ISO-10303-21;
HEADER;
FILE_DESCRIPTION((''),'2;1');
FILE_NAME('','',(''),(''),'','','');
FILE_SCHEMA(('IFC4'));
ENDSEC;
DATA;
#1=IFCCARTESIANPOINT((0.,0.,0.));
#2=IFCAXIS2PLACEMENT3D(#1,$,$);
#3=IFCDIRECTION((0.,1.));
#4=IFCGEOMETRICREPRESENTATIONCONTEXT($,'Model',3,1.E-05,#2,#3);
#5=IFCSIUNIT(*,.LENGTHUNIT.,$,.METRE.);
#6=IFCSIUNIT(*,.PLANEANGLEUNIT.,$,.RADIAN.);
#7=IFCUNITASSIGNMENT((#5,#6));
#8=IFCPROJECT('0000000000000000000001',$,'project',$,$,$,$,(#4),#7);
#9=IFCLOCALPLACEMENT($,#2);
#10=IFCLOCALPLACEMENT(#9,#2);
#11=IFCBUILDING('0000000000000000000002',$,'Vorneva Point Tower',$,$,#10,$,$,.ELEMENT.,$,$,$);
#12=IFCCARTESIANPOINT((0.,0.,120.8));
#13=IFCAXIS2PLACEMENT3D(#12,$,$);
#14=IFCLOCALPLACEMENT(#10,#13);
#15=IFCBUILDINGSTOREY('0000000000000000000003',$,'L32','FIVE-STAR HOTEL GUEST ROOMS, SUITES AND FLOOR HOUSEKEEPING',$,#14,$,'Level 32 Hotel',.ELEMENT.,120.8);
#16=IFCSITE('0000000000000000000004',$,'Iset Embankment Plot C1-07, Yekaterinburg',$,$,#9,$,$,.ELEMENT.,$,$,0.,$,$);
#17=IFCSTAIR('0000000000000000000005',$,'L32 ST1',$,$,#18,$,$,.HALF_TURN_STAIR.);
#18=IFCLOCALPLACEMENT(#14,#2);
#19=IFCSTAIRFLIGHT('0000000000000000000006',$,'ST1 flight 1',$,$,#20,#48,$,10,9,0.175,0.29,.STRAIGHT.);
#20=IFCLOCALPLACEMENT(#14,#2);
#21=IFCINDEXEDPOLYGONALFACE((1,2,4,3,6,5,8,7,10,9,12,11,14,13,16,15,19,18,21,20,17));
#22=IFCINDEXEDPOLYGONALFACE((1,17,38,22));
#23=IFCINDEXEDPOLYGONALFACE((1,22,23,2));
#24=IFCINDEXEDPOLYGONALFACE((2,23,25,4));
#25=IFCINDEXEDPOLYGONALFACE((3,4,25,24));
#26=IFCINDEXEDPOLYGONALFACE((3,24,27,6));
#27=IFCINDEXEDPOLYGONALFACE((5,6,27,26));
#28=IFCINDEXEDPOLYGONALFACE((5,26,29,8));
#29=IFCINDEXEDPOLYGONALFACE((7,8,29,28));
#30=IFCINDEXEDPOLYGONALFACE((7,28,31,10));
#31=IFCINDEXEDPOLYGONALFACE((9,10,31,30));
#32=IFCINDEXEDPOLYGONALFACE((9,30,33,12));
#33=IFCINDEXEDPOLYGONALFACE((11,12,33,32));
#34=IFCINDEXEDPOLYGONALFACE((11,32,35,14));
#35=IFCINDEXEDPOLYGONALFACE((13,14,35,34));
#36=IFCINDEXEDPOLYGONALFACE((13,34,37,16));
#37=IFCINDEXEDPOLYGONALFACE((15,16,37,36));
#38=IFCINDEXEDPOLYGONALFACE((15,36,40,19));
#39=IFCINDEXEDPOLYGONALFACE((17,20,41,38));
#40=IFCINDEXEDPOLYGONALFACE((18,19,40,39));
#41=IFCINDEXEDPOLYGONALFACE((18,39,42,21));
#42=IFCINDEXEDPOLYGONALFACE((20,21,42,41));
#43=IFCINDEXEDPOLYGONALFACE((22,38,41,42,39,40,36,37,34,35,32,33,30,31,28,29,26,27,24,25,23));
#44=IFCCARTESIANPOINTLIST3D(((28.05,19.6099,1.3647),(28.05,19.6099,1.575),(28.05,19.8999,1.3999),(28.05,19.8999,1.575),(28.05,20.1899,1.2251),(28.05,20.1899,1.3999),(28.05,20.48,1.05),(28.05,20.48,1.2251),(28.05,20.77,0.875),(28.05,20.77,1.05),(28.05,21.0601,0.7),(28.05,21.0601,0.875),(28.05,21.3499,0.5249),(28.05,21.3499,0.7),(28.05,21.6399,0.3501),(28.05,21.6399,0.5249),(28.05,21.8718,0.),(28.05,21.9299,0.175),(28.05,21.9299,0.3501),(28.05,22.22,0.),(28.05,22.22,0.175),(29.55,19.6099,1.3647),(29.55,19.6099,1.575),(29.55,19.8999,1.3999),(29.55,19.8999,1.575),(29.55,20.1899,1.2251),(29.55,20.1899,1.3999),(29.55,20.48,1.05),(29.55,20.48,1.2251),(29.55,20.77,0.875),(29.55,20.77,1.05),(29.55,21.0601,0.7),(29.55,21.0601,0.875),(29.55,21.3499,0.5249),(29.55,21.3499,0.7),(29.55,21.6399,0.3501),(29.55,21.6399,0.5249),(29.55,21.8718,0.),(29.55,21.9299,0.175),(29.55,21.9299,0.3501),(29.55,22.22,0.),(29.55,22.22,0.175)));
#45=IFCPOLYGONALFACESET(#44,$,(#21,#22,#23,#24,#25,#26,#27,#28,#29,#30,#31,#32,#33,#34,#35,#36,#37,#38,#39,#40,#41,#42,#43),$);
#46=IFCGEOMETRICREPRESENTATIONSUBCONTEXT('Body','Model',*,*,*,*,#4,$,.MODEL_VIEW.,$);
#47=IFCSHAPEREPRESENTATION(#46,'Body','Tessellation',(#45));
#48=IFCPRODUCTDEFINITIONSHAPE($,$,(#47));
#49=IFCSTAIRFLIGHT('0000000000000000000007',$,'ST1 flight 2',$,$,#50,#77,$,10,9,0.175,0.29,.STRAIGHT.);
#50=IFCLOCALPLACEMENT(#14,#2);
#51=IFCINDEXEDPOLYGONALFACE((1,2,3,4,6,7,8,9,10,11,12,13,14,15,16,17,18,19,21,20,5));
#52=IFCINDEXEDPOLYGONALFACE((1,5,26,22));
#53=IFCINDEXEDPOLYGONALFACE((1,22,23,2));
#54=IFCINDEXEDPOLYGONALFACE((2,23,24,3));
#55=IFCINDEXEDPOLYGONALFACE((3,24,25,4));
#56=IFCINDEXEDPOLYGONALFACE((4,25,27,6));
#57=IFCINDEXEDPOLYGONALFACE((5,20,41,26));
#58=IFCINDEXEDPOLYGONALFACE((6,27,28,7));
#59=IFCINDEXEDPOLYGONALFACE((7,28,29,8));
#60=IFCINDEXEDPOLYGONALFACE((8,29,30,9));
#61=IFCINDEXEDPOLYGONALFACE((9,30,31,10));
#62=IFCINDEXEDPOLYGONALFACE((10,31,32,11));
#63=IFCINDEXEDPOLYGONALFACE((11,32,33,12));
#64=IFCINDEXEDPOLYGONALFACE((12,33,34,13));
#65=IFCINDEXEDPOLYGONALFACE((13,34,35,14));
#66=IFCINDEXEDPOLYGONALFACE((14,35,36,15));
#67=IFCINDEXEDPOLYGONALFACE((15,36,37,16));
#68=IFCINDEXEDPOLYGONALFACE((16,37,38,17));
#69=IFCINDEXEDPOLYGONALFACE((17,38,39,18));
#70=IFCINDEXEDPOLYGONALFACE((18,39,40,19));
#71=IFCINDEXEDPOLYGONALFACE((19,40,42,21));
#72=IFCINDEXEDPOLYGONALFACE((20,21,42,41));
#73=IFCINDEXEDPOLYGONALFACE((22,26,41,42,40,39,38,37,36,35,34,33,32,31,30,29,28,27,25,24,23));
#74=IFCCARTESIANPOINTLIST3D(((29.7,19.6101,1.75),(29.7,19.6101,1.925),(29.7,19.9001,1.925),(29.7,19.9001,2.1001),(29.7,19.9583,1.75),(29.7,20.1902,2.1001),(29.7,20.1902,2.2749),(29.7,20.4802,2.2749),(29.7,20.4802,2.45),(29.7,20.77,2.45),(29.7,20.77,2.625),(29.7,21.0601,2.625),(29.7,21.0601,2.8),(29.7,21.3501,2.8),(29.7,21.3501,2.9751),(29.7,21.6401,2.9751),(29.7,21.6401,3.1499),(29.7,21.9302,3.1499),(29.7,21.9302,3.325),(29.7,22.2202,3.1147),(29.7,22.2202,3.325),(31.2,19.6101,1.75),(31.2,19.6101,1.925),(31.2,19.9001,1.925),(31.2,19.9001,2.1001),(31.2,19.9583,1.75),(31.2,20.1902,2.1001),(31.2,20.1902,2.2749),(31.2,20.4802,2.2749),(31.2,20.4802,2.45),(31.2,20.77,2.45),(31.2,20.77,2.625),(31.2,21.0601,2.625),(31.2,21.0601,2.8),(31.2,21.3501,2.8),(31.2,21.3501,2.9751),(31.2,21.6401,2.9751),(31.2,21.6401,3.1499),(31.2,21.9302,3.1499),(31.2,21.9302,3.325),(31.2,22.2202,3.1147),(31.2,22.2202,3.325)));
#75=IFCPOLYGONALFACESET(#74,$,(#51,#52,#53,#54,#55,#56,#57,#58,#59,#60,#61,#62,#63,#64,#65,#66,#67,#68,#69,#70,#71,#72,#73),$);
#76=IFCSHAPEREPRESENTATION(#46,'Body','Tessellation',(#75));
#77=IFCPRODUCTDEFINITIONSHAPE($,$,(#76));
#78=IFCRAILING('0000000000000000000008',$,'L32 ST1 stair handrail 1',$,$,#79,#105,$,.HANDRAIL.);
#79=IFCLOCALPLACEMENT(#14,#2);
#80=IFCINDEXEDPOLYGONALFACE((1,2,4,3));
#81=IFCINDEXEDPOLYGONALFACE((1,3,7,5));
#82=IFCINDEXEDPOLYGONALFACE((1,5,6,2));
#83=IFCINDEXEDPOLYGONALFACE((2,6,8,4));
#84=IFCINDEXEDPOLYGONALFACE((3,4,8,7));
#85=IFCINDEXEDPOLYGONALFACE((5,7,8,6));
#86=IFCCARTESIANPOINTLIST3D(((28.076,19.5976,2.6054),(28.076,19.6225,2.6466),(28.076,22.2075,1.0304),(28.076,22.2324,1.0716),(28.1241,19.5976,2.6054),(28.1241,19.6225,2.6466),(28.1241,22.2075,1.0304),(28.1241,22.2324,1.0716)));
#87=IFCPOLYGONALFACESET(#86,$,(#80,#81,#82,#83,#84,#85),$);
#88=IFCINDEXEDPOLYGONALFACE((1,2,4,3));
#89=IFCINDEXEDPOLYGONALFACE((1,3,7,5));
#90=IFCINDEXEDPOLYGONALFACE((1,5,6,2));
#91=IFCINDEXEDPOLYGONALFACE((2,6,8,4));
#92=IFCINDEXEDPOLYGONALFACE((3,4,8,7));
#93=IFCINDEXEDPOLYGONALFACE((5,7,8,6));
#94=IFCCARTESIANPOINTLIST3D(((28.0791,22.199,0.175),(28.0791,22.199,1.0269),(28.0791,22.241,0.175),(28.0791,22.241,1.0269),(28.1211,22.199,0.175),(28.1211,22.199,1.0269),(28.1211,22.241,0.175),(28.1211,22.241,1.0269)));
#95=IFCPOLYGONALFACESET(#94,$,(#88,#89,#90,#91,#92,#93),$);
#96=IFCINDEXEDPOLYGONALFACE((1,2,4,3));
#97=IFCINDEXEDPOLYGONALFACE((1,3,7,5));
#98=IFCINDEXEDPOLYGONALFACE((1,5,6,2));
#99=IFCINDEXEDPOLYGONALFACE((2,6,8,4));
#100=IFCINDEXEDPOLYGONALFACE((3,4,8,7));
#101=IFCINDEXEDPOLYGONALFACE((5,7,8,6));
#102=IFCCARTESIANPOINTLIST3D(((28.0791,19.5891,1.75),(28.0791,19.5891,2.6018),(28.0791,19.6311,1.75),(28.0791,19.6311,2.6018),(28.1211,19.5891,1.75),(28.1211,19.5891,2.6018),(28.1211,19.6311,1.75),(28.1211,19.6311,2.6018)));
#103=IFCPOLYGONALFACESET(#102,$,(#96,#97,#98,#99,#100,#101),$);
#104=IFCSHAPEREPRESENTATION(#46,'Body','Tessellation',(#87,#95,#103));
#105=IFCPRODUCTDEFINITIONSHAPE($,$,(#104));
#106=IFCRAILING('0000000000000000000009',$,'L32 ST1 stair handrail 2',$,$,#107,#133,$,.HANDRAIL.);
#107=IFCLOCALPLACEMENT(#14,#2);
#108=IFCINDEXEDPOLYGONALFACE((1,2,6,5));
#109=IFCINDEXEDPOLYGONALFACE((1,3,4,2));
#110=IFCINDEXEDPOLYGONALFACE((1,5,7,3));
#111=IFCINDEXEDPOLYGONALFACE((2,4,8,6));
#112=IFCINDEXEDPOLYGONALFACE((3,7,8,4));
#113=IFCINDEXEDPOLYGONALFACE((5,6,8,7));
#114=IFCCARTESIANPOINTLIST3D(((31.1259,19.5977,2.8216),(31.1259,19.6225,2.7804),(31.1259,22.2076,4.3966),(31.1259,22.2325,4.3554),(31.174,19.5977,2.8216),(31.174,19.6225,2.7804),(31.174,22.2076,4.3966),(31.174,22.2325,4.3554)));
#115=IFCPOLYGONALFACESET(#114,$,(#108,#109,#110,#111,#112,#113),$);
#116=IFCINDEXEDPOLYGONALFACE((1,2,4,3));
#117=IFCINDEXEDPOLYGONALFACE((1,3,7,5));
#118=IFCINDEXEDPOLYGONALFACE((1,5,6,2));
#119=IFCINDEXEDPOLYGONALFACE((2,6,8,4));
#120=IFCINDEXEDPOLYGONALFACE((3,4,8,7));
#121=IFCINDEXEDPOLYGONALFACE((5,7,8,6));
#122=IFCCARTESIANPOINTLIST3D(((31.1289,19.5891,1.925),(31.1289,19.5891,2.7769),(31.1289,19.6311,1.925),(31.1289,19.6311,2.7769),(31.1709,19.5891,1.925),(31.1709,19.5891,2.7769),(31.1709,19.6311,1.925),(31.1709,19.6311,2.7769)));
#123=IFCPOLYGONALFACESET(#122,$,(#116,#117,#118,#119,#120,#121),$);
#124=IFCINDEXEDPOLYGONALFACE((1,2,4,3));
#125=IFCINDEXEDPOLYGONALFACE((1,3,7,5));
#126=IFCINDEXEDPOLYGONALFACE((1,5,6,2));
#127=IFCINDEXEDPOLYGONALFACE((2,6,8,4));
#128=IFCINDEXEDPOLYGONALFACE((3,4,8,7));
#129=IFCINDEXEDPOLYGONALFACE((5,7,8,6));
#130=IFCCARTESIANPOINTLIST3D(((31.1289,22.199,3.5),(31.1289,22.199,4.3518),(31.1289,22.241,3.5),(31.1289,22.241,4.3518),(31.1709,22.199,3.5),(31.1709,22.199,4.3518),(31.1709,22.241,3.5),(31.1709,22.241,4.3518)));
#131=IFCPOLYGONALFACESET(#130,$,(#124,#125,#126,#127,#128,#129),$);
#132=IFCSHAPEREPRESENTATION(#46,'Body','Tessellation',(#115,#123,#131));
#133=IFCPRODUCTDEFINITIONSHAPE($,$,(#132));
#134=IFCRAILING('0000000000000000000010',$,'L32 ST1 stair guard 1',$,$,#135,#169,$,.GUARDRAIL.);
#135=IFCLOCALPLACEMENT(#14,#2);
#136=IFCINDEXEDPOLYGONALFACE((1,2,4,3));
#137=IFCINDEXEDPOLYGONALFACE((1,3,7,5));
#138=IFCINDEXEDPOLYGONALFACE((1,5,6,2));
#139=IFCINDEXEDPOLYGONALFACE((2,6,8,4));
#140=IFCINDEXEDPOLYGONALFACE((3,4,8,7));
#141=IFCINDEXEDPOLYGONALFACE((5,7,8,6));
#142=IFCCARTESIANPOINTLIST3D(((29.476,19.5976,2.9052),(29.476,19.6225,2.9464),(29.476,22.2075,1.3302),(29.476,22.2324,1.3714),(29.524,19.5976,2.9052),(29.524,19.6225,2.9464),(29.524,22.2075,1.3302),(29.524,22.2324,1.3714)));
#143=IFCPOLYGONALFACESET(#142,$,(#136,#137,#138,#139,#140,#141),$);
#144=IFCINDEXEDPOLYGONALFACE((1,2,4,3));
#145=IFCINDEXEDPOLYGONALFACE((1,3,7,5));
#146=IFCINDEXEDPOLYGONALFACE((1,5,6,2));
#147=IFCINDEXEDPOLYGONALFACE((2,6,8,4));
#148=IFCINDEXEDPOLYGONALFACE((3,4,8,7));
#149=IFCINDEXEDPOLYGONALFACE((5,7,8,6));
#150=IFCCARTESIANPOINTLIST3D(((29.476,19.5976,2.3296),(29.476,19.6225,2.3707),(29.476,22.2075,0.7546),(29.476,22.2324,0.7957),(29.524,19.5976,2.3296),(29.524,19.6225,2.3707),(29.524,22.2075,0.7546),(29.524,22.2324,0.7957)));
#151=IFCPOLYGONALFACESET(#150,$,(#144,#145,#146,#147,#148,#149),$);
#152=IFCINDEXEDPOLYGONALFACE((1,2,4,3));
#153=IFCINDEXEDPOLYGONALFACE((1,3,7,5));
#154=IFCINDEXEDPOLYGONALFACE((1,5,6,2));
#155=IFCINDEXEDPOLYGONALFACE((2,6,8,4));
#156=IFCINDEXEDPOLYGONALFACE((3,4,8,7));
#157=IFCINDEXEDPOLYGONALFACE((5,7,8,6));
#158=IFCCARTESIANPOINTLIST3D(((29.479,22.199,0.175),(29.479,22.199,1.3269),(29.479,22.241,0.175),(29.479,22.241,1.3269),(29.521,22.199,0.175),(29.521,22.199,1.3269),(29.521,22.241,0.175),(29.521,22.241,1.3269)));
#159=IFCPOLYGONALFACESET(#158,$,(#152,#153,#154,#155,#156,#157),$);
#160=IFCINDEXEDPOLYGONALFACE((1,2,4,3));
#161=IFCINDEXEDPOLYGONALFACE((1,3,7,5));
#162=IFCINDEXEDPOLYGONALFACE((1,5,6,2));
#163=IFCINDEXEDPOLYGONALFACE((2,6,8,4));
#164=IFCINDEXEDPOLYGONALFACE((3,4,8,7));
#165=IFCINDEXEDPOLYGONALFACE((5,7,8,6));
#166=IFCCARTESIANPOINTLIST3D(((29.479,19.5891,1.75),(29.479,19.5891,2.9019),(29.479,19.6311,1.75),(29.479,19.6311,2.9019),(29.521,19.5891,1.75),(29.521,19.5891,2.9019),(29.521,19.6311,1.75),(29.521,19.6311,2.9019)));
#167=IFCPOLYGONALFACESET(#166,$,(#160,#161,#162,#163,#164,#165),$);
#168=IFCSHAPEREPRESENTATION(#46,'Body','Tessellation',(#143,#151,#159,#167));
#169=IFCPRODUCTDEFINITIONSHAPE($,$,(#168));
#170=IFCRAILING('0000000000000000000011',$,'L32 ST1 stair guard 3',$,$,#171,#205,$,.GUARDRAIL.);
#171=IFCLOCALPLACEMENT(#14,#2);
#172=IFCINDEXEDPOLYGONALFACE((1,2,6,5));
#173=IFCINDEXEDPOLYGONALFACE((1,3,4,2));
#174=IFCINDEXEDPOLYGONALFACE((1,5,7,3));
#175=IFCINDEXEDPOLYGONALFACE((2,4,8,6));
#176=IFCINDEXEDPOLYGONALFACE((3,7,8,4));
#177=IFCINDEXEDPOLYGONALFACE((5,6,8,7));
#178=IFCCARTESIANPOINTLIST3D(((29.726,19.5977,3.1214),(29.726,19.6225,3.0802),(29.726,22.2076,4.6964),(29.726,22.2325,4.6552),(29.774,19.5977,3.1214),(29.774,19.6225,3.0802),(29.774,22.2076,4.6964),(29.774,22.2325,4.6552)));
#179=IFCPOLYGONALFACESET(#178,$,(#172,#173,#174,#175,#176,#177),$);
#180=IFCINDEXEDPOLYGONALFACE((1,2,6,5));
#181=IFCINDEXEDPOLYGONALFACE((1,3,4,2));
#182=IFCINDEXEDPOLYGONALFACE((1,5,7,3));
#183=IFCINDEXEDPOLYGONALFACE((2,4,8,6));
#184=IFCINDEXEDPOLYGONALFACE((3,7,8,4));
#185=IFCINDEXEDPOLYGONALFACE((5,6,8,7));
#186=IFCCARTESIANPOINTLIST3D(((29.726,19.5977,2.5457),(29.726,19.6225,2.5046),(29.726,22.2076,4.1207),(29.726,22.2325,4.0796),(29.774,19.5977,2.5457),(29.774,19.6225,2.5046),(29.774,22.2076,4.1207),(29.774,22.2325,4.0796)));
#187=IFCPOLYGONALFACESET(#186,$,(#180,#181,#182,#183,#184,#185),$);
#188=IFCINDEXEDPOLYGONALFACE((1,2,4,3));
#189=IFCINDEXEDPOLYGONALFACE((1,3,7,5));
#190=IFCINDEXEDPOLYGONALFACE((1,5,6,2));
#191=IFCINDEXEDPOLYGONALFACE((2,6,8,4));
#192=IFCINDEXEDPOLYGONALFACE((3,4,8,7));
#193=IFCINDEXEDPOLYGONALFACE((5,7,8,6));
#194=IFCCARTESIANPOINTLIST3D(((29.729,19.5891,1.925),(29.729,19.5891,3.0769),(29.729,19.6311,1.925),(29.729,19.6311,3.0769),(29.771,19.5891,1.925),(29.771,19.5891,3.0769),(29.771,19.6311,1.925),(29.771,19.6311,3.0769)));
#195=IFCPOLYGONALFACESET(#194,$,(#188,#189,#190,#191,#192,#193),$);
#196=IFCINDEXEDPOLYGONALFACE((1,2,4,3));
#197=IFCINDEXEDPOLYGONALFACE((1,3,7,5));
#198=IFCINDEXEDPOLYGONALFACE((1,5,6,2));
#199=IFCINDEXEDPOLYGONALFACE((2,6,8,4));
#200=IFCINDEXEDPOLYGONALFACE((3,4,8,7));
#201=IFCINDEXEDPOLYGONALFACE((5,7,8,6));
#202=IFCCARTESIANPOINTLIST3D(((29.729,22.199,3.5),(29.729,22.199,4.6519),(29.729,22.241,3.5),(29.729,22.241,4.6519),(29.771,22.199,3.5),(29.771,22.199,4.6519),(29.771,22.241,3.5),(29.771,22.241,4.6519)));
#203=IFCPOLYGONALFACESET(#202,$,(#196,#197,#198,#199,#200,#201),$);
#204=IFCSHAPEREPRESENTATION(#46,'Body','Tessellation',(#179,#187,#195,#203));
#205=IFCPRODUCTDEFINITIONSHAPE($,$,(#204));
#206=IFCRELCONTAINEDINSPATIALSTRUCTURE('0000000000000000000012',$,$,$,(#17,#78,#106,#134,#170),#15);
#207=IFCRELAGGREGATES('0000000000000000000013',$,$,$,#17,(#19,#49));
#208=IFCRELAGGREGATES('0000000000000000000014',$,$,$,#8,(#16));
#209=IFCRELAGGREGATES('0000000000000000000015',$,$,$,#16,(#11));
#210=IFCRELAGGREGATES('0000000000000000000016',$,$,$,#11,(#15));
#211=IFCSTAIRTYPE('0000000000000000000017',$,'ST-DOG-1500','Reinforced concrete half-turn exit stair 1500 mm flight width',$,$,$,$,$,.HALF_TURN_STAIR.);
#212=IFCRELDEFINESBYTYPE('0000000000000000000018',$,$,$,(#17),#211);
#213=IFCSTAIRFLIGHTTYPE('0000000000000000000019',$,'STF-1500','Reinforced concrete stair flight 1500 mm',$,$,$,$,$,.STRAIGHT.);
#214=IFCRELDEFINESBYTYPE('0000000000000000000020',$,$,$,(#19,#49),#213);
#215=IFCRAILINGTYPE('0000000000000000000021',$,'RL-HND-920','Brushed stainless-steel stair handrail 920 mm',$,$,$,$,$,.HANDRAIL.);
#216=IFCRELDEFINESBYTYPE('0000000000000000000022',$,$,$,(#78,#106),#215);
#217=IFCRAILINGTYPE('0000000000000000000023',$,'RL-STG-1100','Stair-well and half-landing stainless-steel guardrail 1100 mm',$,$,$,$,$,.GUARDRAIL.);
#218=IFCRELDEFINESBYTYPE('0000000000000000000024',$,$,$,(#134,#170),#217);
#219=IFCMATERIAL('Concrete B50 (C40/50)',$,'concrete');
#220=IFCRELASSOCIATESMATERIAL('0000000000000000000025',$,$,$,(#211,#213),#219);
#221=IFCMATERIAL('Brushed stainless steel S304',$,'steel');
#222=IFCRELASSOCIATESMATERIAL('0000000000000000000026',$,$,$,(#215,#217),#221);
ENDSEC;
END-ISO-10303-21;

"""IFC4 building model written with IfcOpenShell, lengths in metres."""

from ifc_helpers import new_model, si_unit, direction, frame, origin, origin_2d, place, context, subcontext, project, spatial, polyline, rectangle, outline, extrude, material, type_object, element, aggregate, save


model = new_model("IFC4")

# Units and contexts
model_context = context("Model", 3, precision=1e-05, world=origin(), true_north=direction((0.0, 1.0)))
body_context = subcontext(model_context, "Body", "Model", "MODEL_VIEW")
ifc_project = project(units=[si_unit("LENGTHUNIT", "METRE"), si_unit("PLANEANGLEUNIT", "RADIAN")], contexts=[model_context])

# Site, building, storey
site_placement = place(None, origin())
site = spatial("IfcSite", under=ifc_project, at=site_placement, Name="Iset Embankment Plot C1-07, Yekaterinburg", CompositionType="ELEMENT", RefElevation=0.0)
building_placement = place(site_placement, origin())
building = spatial("IfcBuilding", under=site, at=building_placement, Name="Vorneva Point Tower", CompositionType="ELEMENT")
storey_placement = place(building_placement, frame((0.0, 0.0, 120.8)))
storey = spatial("IfcBuildingStorey", under=building, at=storey_placement, Name="L32", Description="FIVE-STAR HOTEL GUEST ROOMS, SUITES AND FLOOR HOUSEKEEPING", LongName="Level 32 Hotel", CompositionType="ELEMENT", Elevation=120.8)

# Shared definitions
ifc_material_1 = material(Name="Concrete B50 (C40/50)", Category="concrete")

# Stair, stair flights
stair_type = type_object("IfcStairType", Name="ST-DOG-1500", Description="Reinforced concrete half-turn exit stair 1500 mm flight width", PredefinedType="HALF_TURN_STAIR", material=ifc_material_1)
stair_placement = place(storey_placement, origin())
stair = element("IfcStair", 1, at=stair_placement, inside=storey, type_object=stair_type, Name="L32 ST1", PredefinedType="HALF_TURN_STAIR")
stair_flight_type = type_object("IfcStairFlightType", Name="STF-1500", Description="Reinforced concrete stair flight 1500 mm", PredefinedType="STRAIGHT", material=ifc_material_1)
stair_flight_1_placement = place(storey_placement, frame((28.8, 22.22, 0.0), z_axis=(0.0, 0.0, 1.0), x_axis=(0.0, -1.0, 0.0)))
stair_flight_1 = element("IfcStairFlight", 2, at=stair_flight_1_placement, type_object=stair_flight_type, Name="ST1 flight 1", NumberOfRisers=10, NumberOfTreads=9, PredefinedType="STRAIGHT", RiserHeight=0.175, TreadLength=0.29, context=body_context, shape_type="SweptSolid", body=[
    extrude(outline(polyline([(0.0, 0.0), (0.0, 0.175), (0.29, 0.175), (0.29, 0.3501), (0.5801, 0.3501), (0.5801, 0.5249), (0.8701, 0.5249), (0.8701, 0.7), (1.1599, 0.7), (1.1599, 0.875), (1.45, 0.875), (1.45, 1.05), (1.74, 1.05), (1.74, 1.2251), (2.03, 1.2251), (2.03, 1.3999), (2.3201, 1.3999), (2.3201, 1.575), (2.6101, 1.575), (2.6101, 1.75), (2.6101, 1.3647), (0.3481, 0.0), (0.0, 0.0)])), frame((0.0, 0.75, 0.0), z_axis=(0.0, -1.0, 0.0), x_axis=(1.0, 0.0, 0.0)), (0.0, 0.0, 1.0), 1.5),
])
stair_flight_2_placement = place(storey_placement, frame((30.45, 19.6101, 1.75), z_axis=(0.0, 0.0, 1.0), x_axis=(0.0, 1.0, 0.0)))
stair_flight_2 = element("IfcStairFlight", 3, at=stair_flight_2_placement, type_object=stair_flight_type, Name="ST1 flight 2", NumberOfRisers=10, NumberOfTreads=9, PredefinedType="STRAIGHT", RiserHeight=0.175, TreadLength=0.29, context=body_context, shape_type="SweptSolid", body=[
    extrude(outline(polyline([(0.0, 0.0), (0.0, 0.175), (0.29, 0.175), (0.29, 0.3501), (0.5801, 0.3501), (0.5801, 0.5249), (0.8701, 0.5249), (0.8701, 0.7), (1.1599, 0.7), (1.1599, 0.875), (1.45, 0.875), (1.45, 1.05), (1.74, 1.05), (1.74, 1.2251), (2.03, 1.2251), (2.03, 1.3999), (2.3201, 1.3999), (2.3201, 1.575), (2.6101, 1.575), (2.6101, 1.75), (2.6101, 1.3647), (0.3481, 0.0), (0.0, 0.0)])), frame((0.0, 0.75, 0.0), z_axis=(0.0, -1.0, 0.0), x_axis=(1.0, 0.0, 0.0)), (0.0, 0.0, 1.0), 1.5),
])
aggregate(stair, [stair_flight_1, stair_flight_2])

# Railings
ifc_material_2 = material(Name="Brushed stainless steel S304", Category="steel")
railing_type_1 = type_object("IfcRailingType", Name="RL-HND-920", Description="Brushed stainless-steel stair handrail 920 mm", PredefinedType="HANDRAIL", material=ifc_material_2)
railing_1_placement = place(storey_placement, frame((28.1001, 22.22, 0.175)))
element("IfcRailing", 4, at=railing_1_placement, inside=storey, type_object=railing_type_1, Name="L32 ST1 stair handrail 1", PredefinedType="HANDRAIL", context=body_context, shape_type="SweptSolid", body=[
    extrude(rectangle(XDim=0.0481, YDim=0.0481, at=origin_2d()), frame((0.0, 0.0, 0.876), z_axis=(0.0, -0.856183, 0.516673), x_axis=(1.0, 0.0, 0.0)), (0.0, 0.0, 1.0), 3.0483),
    extrude(rectangle(XDim=0.042, YDim=0.042, at=origin_2d()), origin(), (0.0, 0.0, 1.0), 0.8518),
    extrude(rectangle(XDim=0.042, YDim=0.042, at=origin_2d()), frame((0.0, -2.6099, 1.575)), (0.0, 0.0, 1.0), 0.8518),
])
railing_2_placement = place(storey_placement, frame((31.1499, 19.6101, 1.925)))
element("IfcRailing", 5, at=railing_2_placement, inside=storey, type_object=railing_type_1, Name="L32 ST1 stair handrail 2", PredefinedType="HANDRAIL", context=body_context, shape_type="SweptSolid", body=[
    extrude(rectangle(XDim=0.0481, YDim=0.0481, at=origin_2d()), frame((0.0, 0.0, 0.876), z_axis=(0.0, 0.856183, 0.516673), x_axis=(-1.0, 0.0, 0.0)), (0.0, 0.0, 1.0), 3.0483),
    extrude(rectangle(XDim=0.042, YDim=0.042, at=origin_2d()), origin(), (0.0, 0.0, 1.0), 0.8518),
    extrude(rectangle(XDim=0.042, YDim=0.042, at=origin_2d()), frame((0.0, 2.6099, 1.575)), (0.0, 0.0, 1.0), 0.8518),
])
railing_type_2 = type_object("IfcRailingType", Name="RL-STG-1100", Description="Stair-well and half-landing stainless-steel guardrail 1100 mm", PredefinedType="GUARDRAIL", material=ifc_material_2)
railing_3_placement = place(storey_placement, frame((29.5, 22.22, 0.175)))
element("IfcRailing", 6, at=railing_3_placement, inside=storey, type_object=railing_type_2, Name="L32 ST1 stair guard 1", PredefinedType="GUARDRAIL", context=body_context, shape_type="SweptSolid", body=[
    extrude(rectangle(XDim=0.0481, YDim=0.0481, at=origin_2d()), frame((0.0, 0.0, 1.1758), z_axis=(0.0, -0.856183, 0.516673), x_axis=(1.0, 0.0, 0.0)), (0.0, 0.0, 1.0), 3.0483),
    extrude(rectangle(XDim=0.0481, YDim=0.0481, at=origin_2d()), frame((0.0, 0.0, 0.6001), z_axis=(0.0, -0.856183, 0.516673), x_axis=(1.0, 0.0, 0.0)), (0.0, 0.0, 1.0), 3.0483),
    extrude(rectangle(XDim=0.042, YDim=0.042, at=origin_2d()), origin(), (0.0, 0.0, 1.0), 1.1519),
    extrude(rectangle(XDim=0.042, YDim=0.042, at=origin_2d()), frame((0.0, -2.6099, 1.575)), (0.0, 0.0, 1.0), 1.1519),
])
railing_4_placement = place(storey_placement, frame((29.75, 19.6101, 1.925)))
element("IfcRailing", 7, at=railing_4_placement, inside=storey, type_object=railing_type_2, Name="L32 ST1 stair guard 3", PredefinedType="GUARDRAIL", context=body_context, shape_type="SweptSolid", body=[
    extrude(rectangle(XDim=0.0481, YDim=0.0481, at=origin_2d()), frame((0.0, 0.0, 1.1758), z_axis=(0.0, 0.856183, 0.516673), x_axis=(-1.0, 0.0, 0.0)), (0.0, 0.0, 1.0), 3.0483),
    extrude(rectangle(XDim=0.0481, YDim=0.0481, at=origin_2d()), frame((0.0, 0.0, 0.6001), z_axis=(0.0, 0.856183, 0.516673), x_axis=(-1.0, 0.0, 0.0)), (0.0, 0.0, 1.0), 3.0483),
    extrude(rectangle(XDim=0.042, YDim=0.042, at=origin_2d()), origin(), (0.0, 0.0, 1.0), 1.1519),
    extrude(rectangle(XDim=0.042, YDim=0.042, at=origin_2d()), frame((0.0, 2.6099, 1.575)), (0.0, 0.0, 1.0), 1.1519),
])

save(model, "model.ifc")
